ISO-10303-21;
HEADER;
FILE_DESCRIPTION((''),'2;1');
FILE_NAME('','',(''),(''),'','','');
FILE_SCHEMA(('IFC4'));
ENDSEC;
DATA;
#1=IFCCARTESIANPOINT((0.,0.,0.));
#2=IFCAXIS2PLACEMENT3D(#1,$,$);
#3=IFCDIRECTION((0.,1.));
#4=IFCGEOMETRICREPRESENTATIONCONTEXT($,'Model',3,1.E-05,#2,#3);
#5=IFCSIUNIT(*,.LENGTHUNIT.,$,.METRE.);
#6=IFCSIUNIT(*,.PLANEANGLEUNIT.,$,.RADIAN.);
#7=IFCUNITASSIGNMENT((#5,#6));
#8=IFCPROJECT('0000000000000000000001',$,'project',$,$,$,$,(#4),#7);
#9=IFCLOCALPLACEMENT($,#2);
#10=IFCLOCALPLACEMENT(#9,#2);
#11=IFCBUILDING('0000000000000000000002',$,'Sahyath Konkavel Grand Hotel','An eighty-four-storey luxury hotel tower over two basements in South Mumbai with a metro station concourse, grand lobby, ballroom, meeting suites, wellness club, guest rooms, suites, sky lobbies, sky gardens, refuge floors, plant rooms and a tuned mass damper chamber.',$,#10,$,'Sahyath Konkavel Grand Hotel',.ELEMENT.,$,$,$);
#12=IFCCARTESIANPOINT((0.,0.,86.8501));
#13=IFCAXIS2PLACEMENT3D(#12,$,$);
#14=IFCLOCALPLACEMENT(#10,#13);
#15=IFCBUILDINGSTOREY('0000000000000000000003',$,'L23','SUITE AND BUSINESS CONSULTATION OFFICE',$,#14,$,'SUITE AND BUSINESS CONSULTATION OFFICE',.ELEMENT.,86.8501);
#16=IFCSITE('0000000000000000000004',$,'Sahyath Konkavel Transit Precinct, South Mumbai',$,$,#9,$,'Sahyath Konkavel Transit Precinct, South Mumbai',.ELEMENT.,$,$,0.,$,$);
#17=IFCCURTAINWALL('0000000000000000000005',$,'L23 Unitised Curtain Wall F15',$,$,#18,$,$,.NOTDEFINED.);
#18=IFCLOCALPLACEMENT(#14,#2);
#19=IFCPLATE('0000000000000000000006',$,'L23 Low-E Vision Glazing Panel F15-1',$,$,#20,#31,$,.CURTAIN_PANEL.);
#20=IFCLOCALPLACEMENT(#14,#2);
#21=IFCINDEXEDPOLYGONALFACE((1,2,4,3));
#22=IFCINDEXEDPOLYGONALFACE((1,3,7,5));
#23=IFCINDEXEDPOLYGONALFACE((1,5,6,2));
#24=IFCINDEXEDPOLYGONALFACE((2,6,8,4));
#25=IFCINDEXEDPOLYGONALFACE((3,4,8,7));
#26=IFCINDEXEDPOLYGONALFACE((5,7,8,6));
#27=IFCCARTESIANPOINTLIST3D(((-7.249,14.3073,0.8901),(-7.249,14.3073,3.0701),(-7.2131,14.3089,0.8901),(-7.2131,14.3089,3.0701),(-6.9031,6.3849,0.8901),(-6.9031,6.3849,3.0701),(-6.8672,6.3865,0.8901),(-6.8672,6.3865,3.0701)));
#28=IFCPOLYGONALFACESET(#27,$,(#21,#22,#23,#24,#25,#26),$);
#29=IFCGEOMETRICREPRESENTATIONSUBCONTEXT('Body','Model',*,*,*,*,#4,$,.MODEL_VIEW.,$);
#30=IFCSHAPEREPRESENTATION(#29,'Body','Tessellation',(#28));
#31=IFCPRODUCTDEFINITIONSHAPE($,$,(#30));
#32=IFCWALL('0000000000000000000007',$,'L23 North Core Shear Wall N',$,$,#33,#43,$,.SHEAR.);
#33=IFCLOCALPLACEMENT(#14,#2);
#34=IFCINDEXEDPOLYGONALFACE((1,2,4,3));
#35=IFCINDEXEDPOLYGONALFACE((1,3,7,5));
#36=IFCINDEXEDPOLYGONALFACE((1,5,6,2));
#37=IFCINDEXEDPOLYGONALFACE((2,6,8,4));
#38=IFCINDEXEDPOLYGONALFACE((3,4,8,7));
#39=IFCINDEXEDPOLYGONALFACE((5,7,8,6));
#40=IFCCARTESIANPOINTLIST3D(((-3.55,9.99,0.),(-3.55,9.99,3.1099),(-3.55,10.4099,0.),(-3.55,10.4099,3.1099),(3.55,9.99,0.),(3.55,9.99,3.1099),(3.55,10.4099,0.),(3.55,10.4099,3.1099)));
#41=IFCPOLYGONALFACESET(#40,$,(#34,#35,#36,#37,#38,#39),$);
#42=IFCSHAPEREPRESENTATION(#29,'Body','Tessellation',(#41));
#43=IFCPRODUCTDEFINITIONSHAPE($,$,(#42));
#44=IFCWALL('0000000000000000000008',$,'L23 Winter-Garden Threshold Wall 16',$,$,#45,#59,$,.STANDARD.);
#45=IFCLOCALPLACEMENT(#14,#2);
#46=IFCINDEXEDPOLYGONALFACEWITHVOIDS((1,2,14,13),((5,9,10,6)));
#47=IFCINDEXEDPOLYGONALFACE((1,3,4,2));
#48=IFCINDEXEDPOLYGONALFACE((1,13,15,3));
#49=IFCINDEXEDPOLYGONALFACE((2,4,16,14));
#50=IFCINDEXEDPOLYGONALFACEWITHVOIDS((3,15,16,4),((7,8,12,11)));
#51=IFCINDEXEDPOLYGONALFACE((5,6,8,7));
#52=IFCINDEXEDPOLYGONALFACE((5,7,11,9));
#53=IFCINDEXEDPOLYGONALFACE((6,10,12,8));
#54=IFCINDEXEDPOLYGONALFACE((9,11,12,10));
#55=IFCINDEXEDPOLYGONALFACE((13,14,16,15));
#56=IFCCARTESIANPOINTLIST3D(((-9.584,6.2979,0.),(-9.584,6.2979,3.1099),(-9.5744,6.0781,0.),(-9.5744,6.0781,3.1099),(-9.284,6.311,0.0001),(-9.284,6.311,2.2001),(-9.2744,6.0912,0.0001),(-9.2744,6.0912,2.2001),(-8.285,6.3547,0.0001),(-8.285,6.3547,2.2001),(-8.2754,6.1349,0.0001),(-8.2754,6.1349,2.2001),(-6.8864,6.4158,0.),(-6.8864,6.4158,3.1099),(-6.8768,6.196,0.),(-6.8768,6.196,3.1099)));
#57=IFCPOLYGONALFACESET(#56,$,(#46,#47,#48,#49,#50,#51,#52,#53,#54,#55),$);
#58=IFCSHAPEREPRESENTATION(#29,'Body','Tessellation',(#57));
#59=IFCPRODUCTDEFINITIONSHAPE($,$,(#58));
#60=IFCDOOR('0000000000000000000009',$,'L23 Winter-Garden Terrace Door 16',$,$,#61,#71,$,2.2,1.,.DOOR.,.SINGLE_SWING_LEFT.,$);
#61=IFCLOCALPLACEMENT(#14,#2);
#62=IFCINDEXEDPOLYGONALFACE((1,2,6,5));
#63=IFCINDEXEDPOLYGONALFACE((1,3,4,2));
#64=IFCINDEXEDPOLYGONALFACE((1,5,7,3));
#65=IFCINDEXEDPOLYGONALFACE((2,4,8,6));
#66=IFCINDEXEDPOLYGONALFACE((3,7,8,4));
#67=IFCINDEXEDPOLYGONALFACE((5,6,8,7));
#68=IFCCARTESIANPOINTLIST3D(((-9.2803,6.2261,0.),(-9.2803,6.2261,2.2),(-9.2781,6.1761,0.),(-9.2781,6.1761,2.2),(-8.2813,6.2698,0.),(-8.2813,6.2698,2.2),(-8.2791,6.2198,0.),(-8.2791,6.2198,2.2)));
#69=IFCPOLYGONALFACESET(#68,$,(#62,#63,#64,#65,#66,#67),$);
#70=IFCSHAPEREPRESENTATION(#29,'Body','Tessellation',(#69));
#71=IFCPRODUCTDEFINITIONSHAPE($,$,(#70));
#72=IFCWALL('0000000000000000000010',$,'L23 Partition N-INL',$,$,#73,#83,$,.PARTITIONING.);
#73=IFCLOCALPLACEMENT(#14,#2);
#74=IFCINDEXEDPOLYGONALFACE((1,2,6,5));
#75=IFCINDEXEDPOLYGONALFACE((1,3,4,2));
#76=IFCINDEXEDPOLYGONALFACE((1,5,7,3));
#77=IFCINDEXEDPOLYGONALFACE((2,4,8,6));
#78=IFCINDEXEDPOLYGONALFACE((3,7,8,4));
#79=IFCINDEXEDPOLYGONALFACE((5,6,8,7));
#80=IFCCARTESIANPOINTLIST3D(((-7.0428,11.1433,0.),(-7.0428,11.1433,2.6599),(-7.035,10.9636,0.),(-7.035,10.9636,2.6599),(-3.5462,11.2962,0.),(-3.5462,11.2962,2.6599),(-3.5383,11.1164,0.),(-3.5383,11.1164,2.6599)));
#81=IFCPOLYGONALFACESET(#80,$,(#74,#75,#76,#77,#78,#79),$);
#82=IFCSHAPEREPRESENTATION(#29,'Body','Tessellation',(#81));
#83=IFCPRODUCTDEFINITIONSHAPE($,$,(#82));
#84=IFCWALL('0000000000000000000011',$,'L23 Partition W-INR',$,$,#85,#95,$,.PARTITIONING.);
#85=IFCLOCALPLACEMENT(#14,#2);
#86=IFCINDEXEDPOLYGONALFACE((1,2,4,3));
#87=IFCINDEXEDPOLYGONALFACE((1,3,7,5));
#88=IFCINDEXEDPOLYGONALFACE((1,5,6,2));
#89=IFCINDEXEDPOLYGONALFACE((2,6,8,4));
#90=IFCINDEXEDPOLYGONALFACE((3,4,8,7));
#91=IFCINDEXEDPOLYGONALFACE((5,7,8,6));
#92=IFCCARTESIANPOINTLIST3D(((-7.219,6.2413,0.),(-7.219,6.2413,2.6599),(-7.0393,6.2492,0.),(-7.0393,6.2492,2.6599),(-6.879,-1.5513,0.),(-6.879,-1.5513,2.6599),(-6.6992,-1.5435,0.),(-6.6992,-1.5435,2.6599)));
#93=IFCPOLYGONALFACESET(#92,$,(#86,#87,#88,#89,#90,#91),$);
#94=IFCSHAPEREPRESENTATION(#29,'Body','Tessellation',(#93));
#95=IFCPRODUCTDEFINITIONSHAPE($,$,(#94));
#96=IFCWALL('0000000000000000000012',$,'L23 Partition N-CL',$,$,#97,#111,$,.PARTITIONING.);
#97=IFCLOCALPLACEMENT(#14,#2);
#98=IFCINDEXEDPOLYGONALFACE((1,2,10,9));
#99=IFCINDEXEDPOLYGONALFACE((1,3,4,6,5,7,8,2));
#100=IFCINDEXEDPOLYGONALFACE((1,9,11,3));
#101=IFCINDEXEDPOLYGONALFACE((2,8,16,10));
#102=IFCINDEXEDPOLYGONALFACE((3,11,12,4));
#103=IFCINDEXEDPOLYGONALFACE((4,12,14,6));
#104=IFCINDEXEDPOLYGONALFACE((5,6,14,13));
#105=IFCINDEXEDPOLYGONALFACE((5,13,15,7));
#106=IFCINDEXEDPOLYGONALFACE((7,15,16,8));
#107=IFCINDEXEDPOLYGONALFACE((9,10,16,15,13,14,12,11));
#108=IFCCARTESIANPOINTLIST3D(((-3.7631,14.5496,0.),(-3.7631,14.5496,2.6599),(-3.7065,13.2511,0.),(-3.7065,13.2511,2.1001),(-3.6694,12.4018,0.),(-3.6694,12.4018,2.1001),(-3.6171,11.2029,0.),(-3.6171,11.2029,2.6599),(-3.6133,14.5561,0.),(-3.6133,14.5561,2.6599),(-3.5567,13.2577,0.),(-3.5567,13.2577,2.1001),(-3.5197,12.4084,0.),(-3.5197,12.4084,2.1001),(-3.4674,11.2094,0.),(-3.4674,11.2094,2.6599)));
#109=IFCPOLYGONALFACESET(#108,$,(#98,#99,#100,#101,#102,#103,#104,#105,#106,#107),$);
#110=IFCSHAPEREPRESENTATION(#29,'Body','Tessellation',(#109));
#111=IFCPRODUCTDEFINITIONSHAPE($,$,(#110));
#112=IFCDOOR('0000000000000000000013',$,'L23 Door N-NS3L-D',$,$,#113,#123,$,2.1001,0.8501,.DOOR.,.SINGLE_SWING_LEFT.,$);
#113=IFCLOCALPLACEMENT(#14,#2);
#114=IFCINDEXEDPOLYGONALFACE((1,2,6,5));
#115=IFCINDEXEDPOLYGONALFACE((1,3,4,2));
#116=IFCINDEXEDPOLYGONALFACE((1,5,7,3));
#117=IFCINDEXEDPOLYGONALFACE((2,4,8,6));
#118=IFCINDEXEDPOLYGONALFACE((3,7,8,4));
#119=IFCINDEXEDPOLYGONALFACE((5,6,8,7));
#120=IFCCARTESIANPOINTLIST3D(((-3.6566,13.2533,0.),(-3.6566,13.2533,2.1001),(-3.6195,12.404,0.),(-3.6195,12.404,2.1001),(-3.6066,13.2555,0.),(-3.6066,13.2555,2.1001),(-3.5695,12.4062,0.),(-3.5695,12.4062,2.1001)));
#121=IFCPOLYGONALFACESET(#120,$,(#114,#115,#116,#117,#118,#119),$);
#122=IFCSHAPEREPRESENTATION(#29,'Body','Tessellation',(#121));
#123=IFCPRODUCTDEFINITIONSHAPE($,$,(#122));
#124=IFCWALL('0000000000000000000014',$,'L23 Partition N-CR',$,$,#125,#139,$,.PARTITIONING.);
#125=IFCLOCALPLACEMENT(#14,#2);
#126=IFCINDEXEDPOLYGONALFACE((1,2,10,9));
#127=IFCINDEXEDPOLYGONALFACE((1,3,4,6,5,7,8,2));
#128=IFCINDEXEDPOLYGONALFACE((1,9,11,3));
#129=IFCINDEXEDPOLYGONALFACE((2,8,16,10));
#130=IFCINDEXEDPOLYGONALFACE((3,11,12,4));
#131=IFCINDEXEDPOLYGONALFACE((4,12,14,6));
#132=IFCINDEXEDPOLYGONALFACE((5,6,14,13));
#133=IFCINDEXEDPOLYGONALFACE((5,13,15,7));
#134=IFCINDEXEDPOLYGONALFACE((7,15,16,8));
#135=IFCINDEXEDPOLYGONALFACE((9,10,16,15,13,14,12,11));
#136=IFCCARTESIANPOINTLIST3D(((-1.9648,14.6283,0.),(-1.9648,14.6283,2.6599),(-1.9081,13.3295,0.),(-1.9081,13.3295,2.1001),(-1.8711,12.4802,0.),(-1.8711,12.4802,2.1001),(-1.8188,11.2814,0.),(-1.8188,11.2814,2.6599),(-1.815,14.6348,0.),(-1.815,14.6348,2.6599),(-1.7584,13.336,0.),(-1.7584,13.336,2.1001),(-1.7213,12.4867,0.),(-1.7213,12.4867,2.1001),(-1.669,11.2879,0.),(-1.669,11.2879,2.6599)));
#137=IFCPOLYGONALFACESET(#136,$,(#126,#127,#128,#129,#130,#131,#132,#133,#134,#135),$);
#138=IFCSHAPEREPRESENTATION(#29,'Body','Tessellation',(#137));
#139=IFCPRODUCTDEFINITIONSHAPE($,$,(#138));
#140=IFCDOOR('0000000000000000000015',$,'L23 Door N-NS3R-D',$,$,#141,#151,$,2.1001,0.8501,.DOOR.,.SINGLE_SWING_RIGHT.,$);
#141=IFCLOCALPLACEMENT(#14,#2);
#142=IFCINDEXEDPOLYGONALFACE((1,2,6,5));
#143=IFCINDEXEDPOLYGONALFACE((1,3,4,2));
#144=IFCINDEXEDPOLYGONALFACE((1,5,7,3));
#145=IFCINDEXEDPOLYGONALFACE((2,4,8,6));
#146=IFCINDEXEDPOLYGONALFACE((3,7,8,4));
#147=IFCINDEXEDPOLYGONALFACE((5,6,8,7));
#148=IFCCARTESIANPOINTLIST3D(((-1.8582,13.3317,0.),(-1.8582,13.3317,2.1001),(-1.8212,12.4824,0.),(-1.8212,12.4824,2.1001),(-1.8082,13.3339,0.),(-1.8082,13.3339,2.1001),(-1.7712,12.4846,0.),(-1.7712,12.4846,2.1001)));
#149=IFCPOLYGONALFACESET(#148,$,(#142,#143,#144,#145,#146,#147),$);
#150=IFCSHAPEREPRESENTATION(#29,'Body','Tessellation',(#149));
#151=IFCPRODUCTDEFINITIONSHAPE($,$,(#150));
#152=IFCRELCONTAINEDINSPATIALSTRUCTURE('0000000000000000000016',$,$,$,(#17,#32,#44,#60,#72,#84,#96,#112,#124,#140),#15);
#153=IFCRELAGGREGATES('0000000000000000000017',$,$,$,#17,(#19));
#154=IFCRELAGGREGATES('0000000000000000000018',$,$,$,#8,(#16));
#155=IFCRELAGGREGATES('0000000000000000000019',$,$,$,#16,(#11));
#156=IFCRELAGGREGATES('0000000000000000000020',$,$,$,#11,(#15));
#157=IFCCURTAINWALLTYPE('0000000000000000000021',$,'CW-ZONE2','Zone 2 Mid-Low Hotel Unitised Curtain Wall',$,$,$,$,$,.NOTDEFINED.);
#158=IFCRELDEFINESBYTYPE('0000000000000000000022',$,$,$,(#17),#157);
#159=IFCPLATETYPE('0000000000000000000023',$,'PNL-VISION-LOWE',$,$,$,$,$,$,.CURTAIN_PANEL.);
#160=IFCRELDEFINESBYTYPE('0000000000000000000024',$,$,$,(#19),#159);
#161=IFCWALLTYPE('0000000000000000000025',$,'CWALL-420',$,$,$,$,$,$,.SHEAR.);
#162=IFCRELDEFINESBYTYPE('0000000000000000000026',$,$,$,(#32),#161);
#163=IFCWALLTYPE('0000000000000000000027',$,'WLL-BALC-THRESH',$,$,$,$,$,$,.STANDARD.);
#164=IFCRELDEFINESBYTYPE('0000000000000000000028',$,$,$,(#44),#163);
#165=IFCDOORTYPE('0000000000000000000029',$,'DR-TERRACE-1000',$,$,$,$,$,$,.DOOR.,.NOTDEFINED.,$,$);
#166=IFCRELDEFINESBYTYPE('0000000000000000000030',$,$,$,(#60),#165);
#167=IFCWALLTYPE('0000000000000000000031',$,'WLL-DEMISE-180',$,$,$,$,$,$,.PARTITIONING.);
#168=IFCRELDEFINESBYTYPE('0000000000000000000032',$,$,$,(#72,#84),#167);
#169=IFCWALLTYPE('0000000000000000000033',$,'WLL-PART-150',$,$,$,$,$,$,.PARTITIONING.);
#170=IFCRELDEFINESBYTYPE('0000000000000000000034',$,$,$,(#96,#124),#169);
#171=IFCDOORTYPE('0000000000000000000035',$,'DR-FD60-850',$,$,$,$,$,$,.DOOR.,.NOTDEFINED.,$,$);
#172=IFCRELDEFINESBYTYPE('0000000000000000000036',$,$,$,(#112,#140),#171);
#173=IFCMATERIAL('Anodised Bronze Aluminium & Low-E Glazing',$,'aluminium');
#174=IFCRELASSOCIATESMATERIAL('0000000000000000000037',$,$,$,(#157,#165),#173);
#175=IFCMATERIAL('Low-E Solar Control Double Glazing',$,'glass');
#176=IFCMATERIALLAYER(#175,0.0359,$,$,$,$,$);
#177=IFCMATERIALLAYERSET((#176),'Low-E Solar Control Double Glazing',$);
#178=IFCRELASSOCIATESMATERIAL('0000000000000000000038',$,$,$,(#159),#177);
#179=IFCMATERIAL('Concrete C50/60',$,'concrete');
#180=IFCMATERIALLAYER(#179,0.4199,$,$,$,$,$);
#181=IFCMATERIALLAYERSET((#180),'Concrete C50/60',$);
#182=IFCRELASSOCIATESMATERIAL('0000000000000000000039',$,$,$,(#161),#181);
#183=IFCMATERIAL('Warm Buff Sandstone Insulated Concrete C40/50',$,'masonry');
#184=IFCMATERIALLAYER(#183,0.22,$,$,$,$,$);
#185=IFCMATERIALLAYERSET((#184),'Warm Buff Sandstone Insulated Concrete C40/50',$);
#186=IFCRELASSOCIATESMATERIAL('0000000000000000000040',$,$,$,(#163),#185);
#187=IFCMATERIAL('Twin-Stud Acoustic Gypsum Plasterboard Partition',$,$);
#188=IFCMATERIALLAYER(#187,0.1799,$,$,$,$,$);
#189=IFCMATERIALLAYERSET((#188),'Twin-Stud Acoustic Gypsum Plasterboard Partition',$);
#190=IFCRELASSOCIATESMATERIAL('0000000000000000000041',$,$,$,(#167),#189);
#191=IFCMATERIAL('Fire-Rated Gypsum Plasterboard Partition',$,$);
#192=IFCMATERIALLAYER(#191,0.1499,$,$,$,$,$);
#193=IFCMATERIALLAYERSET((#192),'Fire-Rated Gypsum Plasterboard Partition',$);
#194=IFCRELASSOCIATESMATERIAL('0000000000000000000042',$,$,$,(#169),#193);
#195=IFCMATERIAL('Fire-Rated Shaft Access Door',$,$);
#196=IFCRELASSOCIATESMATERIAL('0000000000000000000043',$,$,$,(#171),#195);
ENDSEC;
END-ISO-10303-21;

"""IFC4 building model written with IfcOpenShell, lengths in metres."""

from ifc_helpers import new_model, si_unit, direction, frame, frame_2d, origin, origin_2d, place, context, subcontext, project, spatial, rectangle, extrude, source, transform, mapped, material, layer, layer_set, type_object, element, fill, aggregate, save


model = new_model("IFC4")

# Units and contexts
model_context = context("Model", 3, precision=1e-05, world=origin(), true_north=direction((0.0, 1.0)))
body_context = subcontext(model_context, "Body", "Model", "MODEL_VIEW")
ifc_project = project(units=[si_unit("LENGTHUNIT", "METRE"), si_unit("PLANEANGLEUNIT", "RADIAN")], contexts=[model_context])

# Site, building, storey
site_placement = place(None, origin())
site = spatial("IfcSite", under=ifc_project, at=site_placement, Name="Sahyath Konkavel Transit Precinct, South Mumbai", LongName="Sahyath Konkavel Transit Precinct, South Mumbai", CompositionType="ELEMENT", RefElevation=0.0)
building_placement = place(site_placement, origin())
building = spatial("IfcBuilding", under=site, at=building_placement, Name="Sahyath Konkavel Grand Hotel", Description="An eighty-four-storey luxury hotel tower over two basements in South Mumbai with a metro station concourse, grand lobby, ballroom, meeting suites, wellness club, guest rooms, suites, sky lobbies, sky gardens, refuge floors, plant rooms and a tuned mass damper chamber.", LongName="Sahyath Konkavel Grand Hotel", CompositionType="ELEMENT")
storey_placement = place(building_placement, frame((0.0, 0.0, 86.8501)))
storey = spatial("IfcBuildingStorey", under=building, at=storey_placement, Name="L23", Description="SUITE AND BUSINESS CONSULTATION OFFICE", LongName="SUITE AND BUSINESS CONSULTATION OFFICE", CompositionType="ELEMENT", Elevation=86.8501)

# Curtain wall
ifc_material_1 = material(Name="Anodised Bronze Aluminium & Low-E Glazing", Category="aluminium")
curtain_wall_type = type_object("IfcCurtainWallType", Name="CW-ZONE2", Description="Zone 2 Mid-Low Hotel Unitised Curtain Wall", PredefinedType="NOTDEFINED", material=ifc_material_1)
curtain_wall_1_placement = place(storey_placement, origin())
curtain_wall_1 = element("IfcCurtainWall", 1, at=curtain_wall_1_placement, inside=storey, type_object=curtain_wall_type, Name="L23 Unitised Curtain Wall F15", PredefinedType="NOTDEFINED")

# Plate
ifc_material_2 = material(Name="Low-E Solar Control Double Glazing", Category="glass")
ifc_layer_1 = layer(ifc_material_2, 0.0359)
ifc_layer_set_1 = layer_set([ifc_layer_1], Name="Low-E Solar Control Double Glazing")
plate_type_1 = type_object("IfcPlateType", Name="PNL-VISION-LOWE", PredefinedType="CURTAIN_PANEL", material=ifc_layer_set_1)
shared_shape_1 = source(origin(), body_context, "Body", "SweptSolid", [
    extrude(rectangle(XDim=7.9299, YDim=0.0359, at=origin_2d()), origin(), (0.0, 0.0, 1.0), 2.1799),
])
plate_1_placement = place(storey_placement, frame((-7.0581, 10.3469, 0.8901), z_axis=(0.0, 0.0, 1.0), x_axis=(0.043619, -0.999048, 0.0)))
plate_1 = element("IfcPlate", 2, at=plate_1_placement, type_object=plate_type_1, Name="L23 Low-E Vision Glazing Panel F15-1", PredefinedType="CURTAIN_PANEL", context=body_context, shape_type="MappedRepresentation", body=[
    mapped(shared_shape_1, transform((0.0, 0.0, 0.0), scale=1.0)),
])
aggregate(curtain_wall_1, [plate_1])

# Wall
ifc_material_3 = material(Name="Concrete C50/60", Category="concrete")
ifc_layer_2 = layer(ifc_material_3, 0.4199)
ifc_layer_set_2 = layer_set([ifc_layer_2], Name="Concrete C50/60")
wall_type_1 = type_object("IfcWallType", Name="CWALL-420", PredefinedType="SHEAR", material=ifc_layer_set_2)
wall_1_placement = place(storey_placement, frame((-3.55, 10.2, 0.0), z_axis=(0.0, 0.0, 1.0), x_axis=(1.0, 0.0, 0.0)))
element("IfcWall", 3, at=wall_1_placement, inside=storey, type_object=wall_type_1, Name="L23 North Core Shear Wall N", PredefinedType="SHEAR", context=body_context, shape_type="SweptSolid", body=[
    extrude(rectangle(XDim=7.1001, YDim=0.4199, at=frame_2d((3.55, 0.0))), origin(), (0.0, 0.0, 1.0), 3.1099),
])

# Wall, opening, door
ifc_material_4 = material(Name="Warm Buff Sandstone Insulated Concrete C40/50", Category="masonry")
ifc_layer_3 = layer(ifc_material_4, 0.22)
ifc_layer_set_3 = layer_set([ifc_layer_3], Name="Warm Buff Sandstone Insulated Concrete C40/50")
wall_type_2 = type_object("IfcWallType", Name="WLL-BALC-THRESH", PredefinedType="STANDARD", material=ifc_layer_set_3)
wall_2_placement = place(storey_placement, frame((-6.8816, 6.3059, 0.0), z_axis=(0.0, 0.0, 1.0), x_axis=(-0.999046, -0.043673, 0.0)))
wall_2 = element("IfcWall", 4, at=wall_2_placement, inside=storey, type_object=wall_type_2, Name="L23 Winter-Garden Threshold Wall 16", PredefinedType="STANDARD", context=body_context, shape_type="SweptSolid", body=[
    extrude(rectangle(XDim=2.7002, YDim=0.22, at=frame_2d((1.3501, 0.0))), origin(), (0.0, 0.0, 1.0), 3.1099),
])
opening_1_placement = place(wall_2_placement, frame((1.3999, 0.0, 0.0)))
opening_1 = element("IfcOpeningElement", 5, at=opening_1_placement, cuts=wall_2, PredefinedType="OPENING", context=body_context, shape_type="SweptSolid", body=[
    extrude(rectangle(XDim=1.0, YDim=2.2, at=frame_2d((0.5, 1.1001))), frame((0.0, 0.1201, 0.0), z_axis=(0.0, -1.0, 0.0), x_axis=(1.0, 0.0, 0.0)), (0.0, 0.0, 1.0), 0.24),
])
door_type_1 = type_object("IfcDoorType", Name="DR-TERRACE-1000", OperationType="NOTDEFINED", PredefinedType="DOOR", material=ifc_material_1)
shared_shape_2 = source(origin(), body_context, "Body", "SweptSolid", [
    extrude(rectangle(XDim=1.0, YDim=0.05, at=origin_2d()), origin(), (0.0, 0.0, 1.0), 2.2),
])
door_1_placement = place(opening_1_placement, frame((0.5, 0.0, 0.0)))
door_1 = element("IfcDoor", 6, at=door_1_placement, inside=storey, type_object=door_type_1, Name="L23 Winter-Garden Terrace Door 16", OperationType="SINGLE_SWING_LEFT", OverallHeight=2.2, OverallWidth=1.0, PredefinedType="DOOR", context=body_context, shape_type="MappedRepresentation", body=[
    mapped(shared_shape_2, transform((0.0, 0.0, 0.0), scale=1.0)),
])
fill(opening_1, door_1)

# Walls
ifc_material_5 = material(Name="Twin-Stud Acoustic Gypsum Plasterboard Partition")
ifc_layer_4 = layer(ifc_material_5, 0.1799)
ifc_layer_set_4 = layer_set([ifc_layer_4], Name="Twin-Stud Acoustic Gypsum Plasterboard Partition")
wall_type_3 = type_object("IfcWallType", Name="WLL-DEMISE-180", PredefinedType="PARTITIONING", material=ifc_layer_set_4)
wall_3_placement = place(storey_placement, frame((-3.5422, 11.2063, 0.0), z_axis=(0.0, 0.0, 1.0), x_axis=(-0.999046, -0.043667, 0.0)))
element("IfcWall", 7, at=wall_3_placement, inside=storey, type_object=wall_type_3, Name="L23 Partition N-INL", PredefinedType="PARTITIONING", context=body_context, shape_type="SweptSolid", body=[
    extrude(rectangle(XDim=3.5, YDim=0.1799, at=frame_2d((1.75, 0.0))), origin(), (0.0, 0.0, 1.0), 2.6599),
])
wall_4_placement = place(storey_placement, frame((-7.1292, 6.2451, 0.0), z_axis=(0.0, 0.0, 1.0), x_axis=(0.0436, -0.999049, 0.0)))
element("IfcWall", 8, at=wall_4_placement, inside=storey, type_object=wall_type_3, Name="L23 Partition W-INR", PredefinedType="PARTITIONING", context=body_context, shape_type="SweptSolid", body=[
    extrude(rectangle(XDim=7.8, YDim=0.1799, at=frame_2d((3.8999, 0.0))), origin(), (0.0, 0.0, 1.0), 2.6599),
])

# Walls, openings, doors
ifc_material_6 = material(Name="Fire-Rated Gypsum Plasterboard Partition")
ifc_layer_5 = layer(ifc_material_6, 0.1499)
ifc_layer_set_5 = layer_set([ifc_layer_5], Name="Fire-Rated Gypsum Plasterboard Partition")
wall_type_4 = type_object("IfcWallType", Name="WLL-PART-150", PredefinedType="PARTITIONING", material=ifc_layer_set_5)
wall_5_placement = place(storey_placement, frame((-3.5422, 11.2063, 0.0), z_axis=(0.0, 0.0, 1.0), x_axis=(-0.043583, 0.99905, 0.0)))
wall_5 = element("IfcWall", 9, at=wall_5_placement, inside=storey, type_object=wall_type_4, Name="L23 Partition N-CL", PredefinedType="PARTITIONING", context=body_context, shape_type="SweptSolid", body=[
    extrude(rectangle(XDim=3.3499, YDim=0.1499, at=frame_2d((1.6748, 0.0))), origin(), (0.0, 0.0, 1.0), 2.6599),
])
opening_2_placement = place(wall_5_placement, frame((1.2, 0.0, 0.0)))
opening_2 = element("IfcOpeningElement", 10, at=opening_2_placement, cuts=wall_5, PredefinedType="OPENING", context=body_context, shape_type="SweptSolid", body=[
    extrude(rectangle(XDim=0.8501, YDim=2.1001, at=frame_2d((0.425, 1.05))), frame((0.0, 0.085, 0.0), z_axis=(0.0, -1.0, 0.0), x_axis=(1.0, 0.0, 0.0)), (0.0, 0.0, 1.0), 0.1699),
])
ifc_material_7 = material(Name="Fire-Rated Shaft Access Door")
door_type_2 = type_object("IfcDoorType", Name="DR-FD60-850", OperationType="NOTDEFINED", PredefinedType="DOOR", material=ifc_material_7)
shared_shape_3 = source(origin(), body_context, "Body", "SweptSolid", [
    extrude(rectangle(XDim=0.8501, YDim=0.05, at=origin_2d()), origin(), (0.0, 0.0, 1.0), 2.1001),
])
door_2_placement = place(opening_2_placement, frame((0.425, 0.0, 0.0)))
door_2 = element("IfcDoor", 11, at=door_2_placement, inside=storey, type_object=door_type_2, Name="L23 Door N-NS3L-D", OperationType="SINGLE_SWING_LEFT", OverallHeight=2.1001, OverallWidth=0.8501, PredefinedType="DOOR", context=body_context, shape_type="MappedRepresentation", body=[
    mapped(shared_shape_3, transform((0.0, 0.0, 0.0), scale=1.0)),
])
fill(opening_2, door_2)
wall_6_placement = place(storey_placement, frame((-1.7439, 11.2847, 0.0), z_axis=(0.0, 0.0, 1.0), x_axis=(-0.04358, 0.99905, 0.0)))
wall_6 = element("IfcWall", 12, at=wall_6_placement, inside=storey, type_object=wall_type_4, Name="L23 Partition N-CR", PredefinedType="PARTITIONING", context=body_context, shape_type="SweptSolid", body=[
    extrude(rectangle(XDim=3.3501, YDim=0.1499, at=frame_2d((1.675, 0.0))), origin(), (0.0, 0.0, 1.0), 2.6599),
])
opening_3_placement = place(wall_6_placement, frame((1.2, 0.0, 0.0)))
opening_3 = element("IfcOpeningElement", 13, at=opening_3_placement, cuts=wall_6, PredefinedType="OPENING", context=body_context, shape_type="SweptSolid", body=[
    extrude(rectangle(XDim=0.8501, YDim=2.1001, at=frame_2d((0.425, 1.05))), frame((0.0, 0.085, 0.0), z_axis=(0.0, -1.0, 0.0), x_axis=(1.0, 0.0, 0.0)), (0.0, 0.0, 1.0), 0.1699),
])
door_3_placement = place(opening_3_placement, frame((0.425, 0.0, 0.0)))
door_3 = element("IfcDoor", 14, at=door_3_placement, inside=storey, type_object=door_type_2, Name="L23 Door N-NS3R-D", OperationType="SINGLE_SWING_RIGHT", OverallHeight=2.1001, OverallWidth=0.8501, PredefinedType="DOOR", context=body_context, shape_type="MappedRepresentation", body=[
    mapped(shared_shape_3, transform((0.0, 0.0, 0.0), scale=1.0)),
])
fill(opening_3, door_3)

save(model, "model.ifc")
